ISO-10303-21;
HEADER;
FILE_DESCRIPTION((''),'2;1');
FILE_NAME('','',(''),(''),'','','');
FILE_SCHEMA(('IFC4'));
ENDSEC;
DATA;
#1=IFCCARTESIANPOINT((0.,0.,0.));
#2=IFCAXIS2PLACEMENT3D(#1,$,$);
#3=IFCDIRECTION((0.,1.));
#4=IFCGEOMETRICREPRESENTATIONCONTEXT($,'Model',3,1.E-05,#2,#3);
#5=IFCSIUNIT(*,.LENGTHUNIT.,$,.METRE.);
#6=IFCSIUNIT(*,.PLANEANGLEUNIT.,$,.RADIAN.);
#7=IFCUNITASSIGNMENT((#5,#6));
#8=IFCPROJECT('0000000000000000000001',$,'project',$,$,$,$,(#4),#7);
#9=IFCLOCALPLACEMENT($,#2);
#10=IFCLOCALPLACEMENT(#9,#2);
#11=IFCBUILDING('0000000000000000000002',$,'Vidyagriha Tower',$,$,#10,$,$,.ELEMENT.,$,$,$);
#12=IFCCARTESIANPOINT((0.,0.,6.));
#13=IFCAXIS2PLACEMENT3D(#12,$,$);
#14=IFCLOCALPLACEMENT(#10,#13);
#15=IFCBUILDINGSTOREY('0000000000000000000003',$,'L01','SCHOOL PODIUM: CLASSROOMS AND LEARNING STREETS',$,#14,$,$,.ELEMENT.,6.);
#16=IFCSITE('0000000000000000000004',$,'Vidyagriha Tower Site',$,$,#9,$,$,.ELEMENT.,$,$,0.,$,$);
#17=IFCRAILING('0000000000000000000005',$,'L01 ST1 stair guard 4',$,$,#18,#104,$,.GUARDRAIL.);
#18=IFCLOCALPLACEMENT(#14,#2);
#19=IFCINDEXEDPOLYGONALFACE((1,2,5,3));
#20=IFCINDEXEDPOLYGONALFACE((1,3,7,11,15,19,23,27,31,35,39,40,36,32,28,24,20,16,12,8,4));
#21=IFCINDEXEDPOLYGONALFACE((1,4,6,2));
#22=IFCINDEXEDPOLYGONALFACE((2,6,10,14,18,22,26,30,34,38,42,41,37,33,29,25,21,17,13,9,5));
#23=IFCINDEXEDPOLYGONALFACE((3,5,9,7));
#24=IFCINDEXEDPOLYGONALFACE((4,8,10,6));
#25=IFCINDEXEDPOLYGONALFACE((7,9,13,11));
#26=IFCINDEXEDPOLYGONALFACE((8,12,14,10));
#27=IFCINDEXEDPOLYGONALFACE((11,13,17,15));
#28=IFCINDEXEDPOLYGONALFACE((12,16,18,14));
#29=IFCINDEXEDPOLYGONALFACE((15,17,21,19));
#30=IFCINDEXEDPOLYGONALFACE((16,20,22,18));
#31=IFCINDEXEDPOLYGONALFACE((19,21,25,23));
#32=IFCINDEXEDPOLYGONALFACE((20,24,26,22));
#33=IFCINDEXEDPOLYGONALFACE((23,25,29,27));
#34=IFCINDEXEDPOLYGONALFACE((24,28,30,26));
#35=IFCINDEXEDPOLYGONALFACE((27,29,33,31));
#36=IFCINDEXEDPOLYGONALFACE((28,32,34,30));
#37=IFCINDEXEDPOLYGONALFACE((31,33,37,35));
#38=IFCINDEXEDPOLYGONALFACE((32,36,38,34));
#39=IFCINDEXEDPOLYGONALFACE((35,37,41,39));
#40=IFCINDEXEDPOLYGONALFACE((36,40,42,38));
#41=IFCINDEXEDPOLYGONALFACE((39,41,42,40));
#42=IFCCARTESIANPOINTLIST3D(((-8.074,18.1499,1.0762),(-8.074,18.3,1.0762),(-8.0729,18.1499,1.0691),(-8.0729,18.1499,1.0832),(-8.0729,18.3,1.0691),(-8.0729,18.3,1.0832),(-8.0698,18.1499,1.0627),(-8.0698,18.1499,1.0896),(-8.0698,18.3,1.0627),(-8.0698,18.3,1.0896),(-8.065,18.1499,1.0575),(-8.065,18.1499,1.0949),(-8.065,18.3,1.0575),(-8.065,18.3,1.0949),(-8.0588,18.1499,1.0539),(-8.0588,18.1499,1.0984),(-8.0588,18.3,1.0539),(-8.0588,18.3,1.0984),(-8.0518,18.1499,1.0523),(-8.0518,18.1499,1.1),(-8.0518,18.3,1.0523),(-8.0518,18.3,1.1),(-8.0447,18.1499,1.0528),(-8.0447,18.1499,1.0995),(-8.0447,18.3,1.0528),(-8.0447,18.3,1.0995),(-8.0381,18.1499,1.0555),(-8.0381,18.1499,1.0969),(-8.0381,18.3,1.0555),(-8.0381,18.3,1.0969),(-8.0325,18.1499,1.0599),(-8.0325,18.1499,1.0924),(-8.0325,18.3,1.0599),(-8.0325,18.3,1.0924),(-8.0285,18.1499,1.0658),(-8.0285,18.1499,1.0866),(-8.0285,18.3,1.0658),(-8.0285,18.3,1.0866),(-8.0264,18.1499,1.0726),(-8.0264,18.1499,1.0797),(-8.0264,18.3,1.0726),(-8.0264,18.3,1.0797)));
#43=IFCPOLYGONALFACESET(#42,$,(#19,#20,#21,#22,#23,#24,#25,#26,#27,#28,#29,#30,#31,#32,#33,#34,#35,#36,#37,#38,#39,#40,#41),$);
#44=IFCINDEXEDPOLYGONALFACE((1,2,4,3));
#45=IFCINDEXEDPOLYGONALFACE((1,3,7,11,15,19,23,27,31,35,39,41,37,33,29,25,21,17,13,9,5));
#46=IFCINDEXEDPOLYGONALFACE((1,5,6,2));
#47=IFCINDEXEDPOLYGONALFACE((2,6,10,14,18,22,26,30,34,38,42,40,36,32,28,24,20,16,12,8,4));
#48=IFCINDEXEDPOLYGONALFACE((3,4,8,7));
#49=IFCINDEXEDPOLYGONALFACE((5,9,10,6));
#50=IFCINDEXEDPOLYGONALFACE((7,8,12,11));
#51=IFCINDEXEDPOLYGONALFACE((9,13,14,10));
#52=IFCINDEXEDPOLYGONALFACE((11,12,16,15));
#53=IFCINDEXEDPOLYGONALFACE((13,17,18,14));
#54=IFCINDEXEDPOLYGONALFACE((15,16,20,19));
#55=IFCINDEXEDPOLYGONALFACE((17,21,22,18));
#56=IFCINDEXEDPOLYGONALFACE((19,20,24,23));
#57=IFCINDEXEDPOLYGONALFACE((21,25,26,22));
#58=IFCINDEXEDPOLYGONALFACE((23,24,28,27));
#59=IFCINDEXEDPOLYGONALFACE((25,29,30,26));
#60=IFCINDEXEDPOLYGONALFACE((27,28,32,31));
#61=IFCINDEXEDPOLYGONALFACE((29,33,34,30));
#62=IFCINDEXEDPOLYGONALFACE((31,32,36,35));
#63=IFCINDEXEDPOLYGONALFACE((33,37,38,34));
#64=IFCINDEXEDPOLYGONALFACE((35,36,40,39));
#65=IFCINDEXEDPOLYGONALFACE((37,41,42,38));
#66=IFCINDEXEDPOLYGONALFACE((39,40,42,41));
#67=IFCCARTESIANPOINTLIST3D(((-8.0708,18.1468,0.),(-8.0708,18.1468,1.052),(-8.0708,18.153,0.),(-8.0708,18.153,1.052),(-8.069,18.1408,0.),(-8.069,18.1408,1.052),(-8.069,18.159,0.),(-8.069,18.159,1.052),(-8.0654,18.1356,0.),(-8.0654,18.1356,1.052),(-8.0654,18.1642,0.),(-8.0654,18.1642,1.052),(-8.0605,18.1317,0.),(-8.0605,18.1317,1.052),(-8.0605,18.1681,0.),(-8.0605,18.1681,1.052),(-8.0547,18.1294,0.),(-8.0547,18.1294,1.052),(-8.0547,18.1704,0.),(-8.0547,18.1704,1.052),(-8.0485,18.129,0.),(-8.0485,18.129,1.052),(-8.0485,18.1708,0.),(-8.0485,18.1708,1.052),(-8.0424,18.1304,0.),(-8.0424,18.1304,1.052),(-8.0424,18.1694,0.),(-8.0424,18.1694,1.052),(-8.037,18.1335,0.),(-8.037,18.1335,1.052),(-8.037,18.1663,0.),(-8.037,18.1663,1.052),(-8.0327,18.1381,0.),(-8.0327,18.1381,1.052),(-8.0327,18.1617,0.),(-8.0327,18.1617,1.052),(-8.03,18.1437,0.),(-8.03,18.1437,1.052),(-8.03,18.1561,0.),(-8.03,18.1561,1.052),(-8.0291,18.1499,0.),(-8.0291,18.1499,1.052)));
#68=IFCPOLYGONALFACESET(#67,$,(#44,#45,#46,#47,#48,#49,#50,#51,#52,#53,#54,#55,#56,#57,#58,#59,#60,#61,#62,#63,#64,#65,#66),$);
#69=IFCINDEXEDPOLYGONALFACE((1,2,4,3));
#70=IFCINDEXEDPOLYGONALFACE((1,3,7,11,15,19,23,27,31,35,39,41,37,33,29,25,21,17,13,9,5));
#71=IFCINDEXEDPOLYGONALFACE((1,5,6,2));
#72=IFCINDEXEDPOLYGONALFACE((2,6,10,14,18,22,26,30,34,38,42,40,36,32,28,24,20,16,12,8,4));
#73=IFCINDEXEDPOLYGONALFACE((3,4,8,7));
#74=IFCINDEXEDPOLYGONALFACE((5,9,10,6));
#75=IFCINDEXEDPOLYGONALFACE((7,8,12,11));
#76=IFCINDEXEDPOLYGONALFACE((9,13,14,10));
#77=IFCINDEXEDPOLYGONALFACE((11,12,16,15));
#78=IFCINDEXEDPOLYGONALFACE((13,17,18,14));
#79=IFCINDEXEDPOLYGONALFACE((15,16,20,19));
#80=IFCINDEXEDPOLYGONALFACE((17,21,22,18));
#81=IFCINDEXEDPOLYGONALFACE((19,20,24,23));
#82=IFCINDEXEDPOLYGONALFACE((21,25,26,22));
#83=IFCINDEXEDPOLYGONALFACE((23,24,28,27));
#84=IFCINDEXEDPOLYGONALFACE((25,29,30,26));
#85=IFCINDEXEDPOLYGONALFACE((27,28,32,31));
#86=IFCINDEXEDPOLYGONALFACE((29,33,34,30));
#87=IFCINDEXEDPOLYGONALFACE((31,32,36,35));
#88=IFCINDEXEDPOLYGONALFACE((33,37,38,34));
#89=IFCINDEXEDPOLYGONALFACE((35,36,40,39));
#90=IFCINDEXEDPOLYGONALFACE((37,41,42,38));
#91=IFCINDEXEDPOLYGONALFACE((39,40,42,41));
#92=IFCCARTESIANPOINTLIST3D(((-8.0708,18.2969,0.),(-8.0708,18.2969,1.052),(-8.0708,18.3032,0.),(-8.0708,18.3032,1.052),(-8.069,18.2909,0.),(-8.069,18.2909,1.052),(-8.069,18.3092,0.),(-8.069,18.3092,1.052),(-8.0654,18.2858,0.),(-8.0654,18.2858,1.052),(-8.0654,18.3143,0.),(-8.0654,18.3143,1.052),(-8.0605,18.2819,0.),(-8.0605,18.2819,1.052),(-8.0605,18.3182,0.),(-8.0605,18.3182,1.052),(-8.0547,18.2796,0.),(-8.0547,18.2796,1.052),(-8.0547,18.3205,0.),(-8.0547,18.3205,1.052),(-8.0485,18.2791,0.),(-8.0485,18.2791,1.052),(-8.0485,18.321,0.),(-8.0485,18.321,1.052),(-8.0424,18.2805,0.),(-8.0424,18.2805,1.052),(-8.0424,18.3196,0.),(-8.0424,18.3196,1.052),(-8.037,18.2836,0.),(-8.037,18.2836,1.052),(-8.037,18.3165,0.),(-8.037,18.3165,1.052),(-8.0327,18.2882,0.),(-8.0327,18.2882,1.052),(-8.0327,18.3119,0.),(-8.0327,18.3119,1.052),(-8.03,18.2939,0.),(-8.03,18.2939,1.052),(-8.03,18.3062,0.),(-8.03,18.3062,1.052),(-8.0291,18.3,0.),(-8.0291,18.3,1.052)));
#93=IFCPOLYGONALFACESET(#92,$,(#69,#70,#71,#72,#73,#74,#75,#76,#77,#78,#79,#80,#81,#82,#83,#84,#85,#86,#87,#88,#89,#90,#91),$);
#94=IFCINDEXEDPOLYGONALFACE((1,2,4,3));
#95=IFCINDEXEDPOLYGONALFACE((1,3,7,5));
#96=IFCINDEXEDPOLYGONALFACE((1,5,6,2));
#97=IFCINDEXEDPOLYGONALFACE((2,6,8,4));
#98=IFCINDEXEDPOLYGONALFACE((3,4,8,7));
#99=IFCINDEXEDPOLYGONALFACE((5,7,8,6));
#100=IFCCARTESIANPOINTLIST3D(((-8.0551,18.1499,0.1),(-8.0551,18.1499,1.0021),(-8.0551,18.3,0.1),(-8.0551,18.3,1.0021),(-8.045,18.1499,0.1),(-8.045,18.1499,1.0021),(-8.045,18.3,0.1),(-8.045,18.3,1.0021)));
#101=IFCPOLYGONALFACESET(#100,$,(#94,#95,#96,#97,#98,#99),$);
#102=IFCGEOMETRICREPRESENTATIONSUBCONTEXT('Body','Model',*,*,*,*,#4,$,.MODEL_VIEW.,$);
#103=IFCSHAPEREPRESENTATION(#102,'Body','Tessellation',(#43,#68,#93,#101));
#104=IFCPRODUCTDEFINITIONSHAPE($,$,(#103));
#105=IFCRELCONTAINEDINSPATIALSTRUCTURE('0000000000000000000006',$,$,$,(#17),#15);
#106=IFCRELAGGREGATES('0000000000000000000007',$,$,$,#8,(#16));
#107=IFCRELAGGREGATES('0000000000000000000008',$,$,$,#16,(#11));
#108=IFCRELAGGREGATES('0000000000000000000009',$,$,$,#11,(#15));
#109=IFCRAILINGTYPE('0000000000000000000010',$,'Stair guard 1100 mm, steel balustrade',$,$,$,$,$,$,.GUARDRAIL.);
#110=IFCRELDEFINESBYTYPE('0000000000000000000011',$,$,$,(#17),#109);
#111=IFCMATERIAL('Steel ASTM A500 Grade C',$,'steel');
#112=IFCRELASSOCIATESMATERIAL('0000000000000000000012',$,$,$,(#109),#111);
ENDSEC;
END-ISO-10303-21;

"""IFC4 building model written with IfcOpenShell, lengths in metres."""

from ifc_helpers import new_model, si_unit, direction, frame, origin, origin_2d, place, context, subcontext, project, spatial, rectangle, circle, extrude, material, type_object, element, save


model = new_model("IFC4")

# Units and contexts
model_context = context("Model", 3, precision=1e-05, world=origin(), true_north=direction((0.0, 1.0)))
body_context = subcontext(model_context, "Body", "Model", "MODEL_VIEW")
ifc_project = project(units=[si_unit("LENGTHUNIT", "METRE"), si_unit("PLANEANGLEUNIT", "RADIAN")], contexts=[model_context])

# Site, building, storey
site_placement = place(None, origin())
site = spatial("IfcSite", under=ifc_project, at=site_placement, Name="Vidyagriha Tower Site", CompositionType="ELEMENT", RefElevation=0.0)
building_placement = place(site_placement, origin())
building = spatial("IfcBuilding", under=site, at=building_placement, Name="Vidyagriha Tower", CompositionType="ELEMENT")
storey_placement = place(building_placement, frame((0.0, 0.0, 6.0)))
storey = spatial("IfcBuildingStorey", under=building, at=storey_placement, Name="L01", Description="SCHOOL PODIUM: CLASSROOMS AND LEARNING STREETS", CompositionType="ELEMENT", Elevation=6.0)

# Railing
ifc_material_1 = material(Name="Steel ASTM A500 Grade C", Category="steel")
railing_type_1 = type_object("IfcRailingType", Name="Stair guard 1100 mm, steel balustrade", PredefinedType="GUARDRAIL", material=ifc_material_1)
railing_1_placement = place(storey_placement, frame((-8.05, 18.1499, 0.0)))
element("IfcRailing", 1, at=railing_1_placement, inside=storey, type_object=railing_type_1, Name="L01 ST1 stair guard 4", PredefinedType="GUARDRAIL", context=body_context, shape_type="SweptSolid", body=[
    extrude(circle(Radius=0.0239, at=origin_2d()), frame((0.0, 0.0, 1.0762), z_axis=(0.0, 1.0, 0.0), x_axis=(-1.0, 0.0, 0.0)), (0.0, 0.0, 1.0), 0.1501),
    extrude(circle(Radius=0.021, at=origin_2d()), origin(), (0.0, 0.0, 1.0), 1.052),
    extrude(circle(Radius=0.021, at=origin_2d()), frame((0.0, 0.1501, 0.0)), (0.0, 0.0, 1.0), 1.052),
    extrude(rectangle(XDim=0.01, YDim=0.9021, at=origin_2d()), frame((0.0, 0.0, 0.551), z_axis=(0.0, 1.0, 0.0), x_axis=(-1.0, 0.0, 0.0)), (0.0, 0.0, 1.0), 0.1501),
])

save(model, "model.ifc")
